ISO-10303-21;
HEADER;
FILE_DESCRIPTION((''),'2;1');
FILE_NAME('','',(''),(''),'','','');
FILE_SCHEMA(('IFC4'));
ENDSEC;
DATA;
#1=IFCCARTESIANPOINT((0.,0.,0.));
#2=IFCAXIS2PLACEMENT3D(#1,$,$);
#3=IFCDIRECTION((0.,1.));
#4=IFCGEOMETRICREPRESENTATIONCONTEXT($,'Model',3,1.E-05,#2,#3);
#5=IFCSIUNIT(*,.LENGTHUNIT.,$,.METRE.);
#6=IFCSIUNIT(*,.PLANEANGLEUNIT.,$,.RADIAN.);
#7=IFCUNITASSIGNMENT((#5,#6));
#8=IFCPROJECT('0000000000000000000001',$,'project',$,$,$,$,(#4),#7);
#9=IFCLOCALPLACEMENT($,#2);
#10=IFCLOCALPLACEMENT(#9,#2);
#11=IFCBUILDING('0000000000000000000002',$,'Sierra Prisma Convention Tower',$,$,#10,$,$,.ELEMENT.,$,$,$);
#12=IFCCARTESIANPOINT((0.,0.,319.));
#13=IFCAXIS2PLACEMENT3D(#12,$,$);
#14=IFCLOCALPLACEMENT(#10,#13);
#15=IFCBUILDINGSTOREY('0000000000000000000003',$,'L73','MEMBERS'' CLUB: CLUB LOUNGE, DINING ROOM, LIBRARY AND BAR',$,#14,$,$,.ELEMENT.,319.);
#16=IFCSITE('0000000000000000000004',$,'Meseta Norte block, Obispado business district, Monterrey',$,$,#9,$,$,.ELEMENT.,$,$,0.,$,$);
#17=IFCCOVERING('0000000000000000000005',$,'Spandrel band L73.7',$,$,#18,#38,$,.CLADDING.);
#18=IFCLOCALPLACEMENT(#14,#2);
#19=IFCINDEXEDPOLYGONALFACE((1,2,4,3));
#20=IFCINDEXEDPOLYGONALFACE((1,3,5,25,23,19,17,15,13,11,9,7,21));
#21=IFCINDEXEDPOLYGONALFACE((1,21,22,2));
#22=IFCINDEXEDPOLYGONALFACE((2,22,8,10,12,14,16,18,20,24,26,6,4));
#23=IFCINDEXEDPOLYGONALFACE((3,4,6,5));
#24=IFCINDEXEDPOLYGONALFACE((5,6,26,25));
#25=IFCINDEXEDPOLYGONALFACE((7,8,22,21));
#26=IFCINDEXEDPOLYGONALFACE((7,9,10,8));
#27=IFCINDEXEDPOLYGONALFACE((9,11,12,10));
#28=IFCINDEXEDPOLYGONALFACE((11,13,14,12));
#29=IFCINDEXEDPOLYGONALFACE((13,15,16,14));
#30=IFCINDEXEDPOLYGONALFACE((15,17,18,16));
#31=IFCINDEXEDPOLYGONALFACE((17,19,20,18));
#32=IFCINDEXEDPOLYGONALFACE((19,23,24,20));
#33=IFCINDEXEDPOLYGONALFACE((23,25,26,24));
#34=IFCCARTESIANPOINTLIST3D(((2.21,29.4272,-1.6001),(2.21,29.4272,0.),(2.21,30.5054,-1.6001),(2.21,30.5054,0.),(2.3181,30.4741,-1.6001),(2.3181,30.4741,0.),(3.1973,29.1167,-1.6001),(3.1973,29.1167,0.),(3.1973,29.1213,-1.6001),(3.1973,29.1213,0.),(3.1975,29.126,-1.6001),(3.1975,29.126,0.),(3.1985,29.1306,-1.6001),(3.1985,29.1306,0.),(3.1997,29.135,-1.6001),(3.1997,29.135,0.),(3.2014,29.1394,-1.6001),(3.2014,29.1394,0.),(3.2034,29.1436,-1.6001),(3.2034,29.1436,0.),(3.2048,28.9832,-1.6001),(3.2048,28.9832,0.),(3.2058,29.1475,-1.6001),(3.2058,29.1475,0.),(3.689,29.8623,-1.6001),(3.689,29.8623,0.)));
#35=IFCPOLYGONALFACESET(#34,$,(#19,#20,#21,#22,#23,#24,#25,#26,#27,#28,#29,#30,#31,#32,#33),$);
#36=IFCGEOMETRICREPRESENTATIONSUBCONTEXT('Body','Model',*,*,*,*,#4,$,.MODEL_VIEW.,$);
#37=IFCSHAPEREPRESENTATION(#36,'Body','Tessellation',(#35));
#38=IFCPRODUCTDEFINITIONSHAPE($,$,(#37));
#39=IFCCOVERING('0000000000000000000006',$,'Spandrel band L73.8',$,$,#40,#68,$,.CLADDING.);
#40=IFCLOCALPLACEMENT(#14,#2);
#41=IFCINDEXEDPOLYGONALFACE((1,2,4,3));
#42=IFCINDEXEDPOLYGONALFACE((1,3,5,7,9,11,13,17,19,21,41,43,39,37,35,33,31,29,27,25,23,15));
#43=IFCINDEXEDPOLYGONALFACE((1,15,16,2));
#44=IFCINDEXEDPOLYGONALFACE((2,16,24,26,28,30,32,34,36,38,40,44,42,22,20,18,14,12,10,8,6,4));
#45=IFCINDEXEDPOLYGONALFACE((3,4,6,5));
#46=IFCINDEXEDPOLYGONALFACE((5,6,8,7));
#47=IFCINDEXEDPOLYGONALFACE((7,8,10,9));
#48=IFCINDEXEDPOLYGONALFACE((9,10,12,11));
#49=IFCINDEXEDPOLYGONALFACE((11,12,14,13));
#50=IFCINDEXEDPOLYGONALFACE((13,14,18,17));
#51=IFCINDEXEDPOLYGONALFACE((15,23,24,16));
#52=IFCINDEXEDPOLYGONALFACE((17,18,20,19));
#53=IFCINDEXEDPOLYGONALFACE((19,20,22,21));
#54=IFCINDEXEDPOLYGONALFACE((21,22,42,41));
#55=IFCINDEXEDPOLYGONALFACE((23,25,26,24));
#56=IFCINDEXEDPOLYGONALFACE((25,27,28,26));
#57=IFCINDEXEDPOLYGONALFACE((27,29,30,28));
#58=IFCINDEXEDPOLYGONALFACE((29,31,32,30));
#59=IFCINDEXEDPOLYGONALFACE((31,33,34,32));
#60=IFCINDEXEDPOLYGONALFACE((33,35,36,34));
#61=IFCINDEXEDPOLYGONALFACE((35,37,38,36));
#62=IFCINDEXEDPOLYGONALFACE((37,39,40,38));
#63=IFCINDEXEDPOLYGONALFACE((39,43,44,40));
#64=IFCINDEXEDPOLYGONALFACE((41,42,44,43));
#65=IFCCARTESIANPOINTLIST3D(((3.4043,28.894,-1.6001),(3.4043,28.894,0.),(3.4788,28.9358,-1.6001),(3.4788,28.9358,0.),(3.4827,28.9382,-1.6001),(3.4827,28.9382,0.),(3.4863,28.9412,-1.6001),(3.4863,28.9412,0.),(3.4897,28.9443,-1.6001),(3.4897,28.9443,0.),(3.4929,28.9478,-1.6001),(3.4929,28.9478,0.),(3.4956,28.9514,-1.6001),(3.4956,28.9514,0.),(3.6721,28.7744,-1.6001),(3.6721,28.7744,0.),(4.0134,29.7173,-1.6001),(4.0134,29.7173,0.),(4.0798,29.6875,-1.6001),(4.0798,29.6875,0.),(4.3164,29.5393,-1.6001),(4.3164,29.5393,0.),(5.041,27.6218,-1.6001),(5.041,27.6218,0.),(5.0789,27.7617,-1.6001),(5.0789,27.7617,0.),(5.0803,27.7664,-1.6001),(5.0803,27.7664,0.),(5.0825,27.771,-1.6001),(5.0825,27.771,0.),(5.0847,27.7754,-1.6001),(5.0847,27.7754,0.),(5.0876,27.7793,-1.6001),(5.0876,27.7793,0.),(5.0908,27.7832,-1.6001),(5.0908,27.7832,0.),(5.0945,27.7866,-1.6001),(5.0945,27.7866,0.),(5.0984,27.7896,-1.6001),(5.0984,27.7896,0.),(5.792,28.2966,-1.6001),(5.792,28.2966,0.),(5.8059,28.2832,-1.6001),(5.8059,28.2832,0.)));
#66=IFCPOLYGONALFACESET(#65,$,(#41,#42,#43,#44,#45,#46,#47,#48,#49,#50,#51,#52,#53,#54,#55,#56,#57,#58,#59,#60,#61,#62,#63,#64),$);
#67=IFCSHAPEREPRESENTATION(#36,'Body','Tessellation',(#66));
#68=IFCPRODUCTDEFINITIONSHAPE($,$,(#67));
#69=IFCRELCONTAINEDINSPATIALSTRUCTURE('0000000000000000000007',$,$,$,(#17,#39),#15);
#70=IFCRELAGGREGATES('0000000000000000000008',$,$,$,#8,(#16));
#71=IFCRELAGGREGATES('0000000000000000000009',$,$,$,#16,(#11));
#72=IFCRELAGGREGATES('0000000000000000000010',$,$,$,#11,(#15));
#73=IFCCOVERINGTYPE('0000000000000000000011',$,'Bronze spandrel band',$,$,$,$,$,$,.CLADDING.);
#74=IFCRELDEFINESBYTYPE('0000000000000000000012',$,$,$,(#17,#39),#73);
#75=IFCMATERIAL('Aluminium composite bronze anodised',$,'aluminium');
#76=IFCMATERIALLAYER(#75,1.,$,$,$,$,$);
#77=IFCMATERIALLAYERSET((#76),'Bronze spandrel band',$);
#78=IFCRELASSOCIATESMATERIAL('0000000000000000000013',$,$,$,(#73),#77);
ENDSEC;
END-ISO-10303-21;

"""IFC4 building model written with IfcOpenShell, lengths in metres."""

from ifc_helpers import new_model, si_unit, direction, frame, origin, place, context, subcontext, project, spatial, polyline, outline, extrude, material, layer, layer_set, type_object, element, save


model = new_model("IFC4")

# Units and contexts
model_context = context("Model", 3, precision=1e-05, world=origin(), true_north=direction((0.0, 1.0)))
body_context = subcontext(model_context, "Body", "Model", "MODEL_VIEW")
ifc_project = project(units=[si_unit("LENGTHUNIT", "METRE"), si_unit("PLANEANGLEUNIT", "RADIAN")], contexts=[model_context])

# Site, building, storey
site_placement = place(None, origin())
site = spatial("IfcSite", under=ifc_project, at=site_placement, Name="Meseta Norte block, Obispado business district, Monterrey", CompositionType="ELEMENT", RefElevation=0.0)
building_placement = place(site_placement, origin())
building = spatial("IfcBuilding", under=site, at=building_placement, Name="Sierra Prisma Convention Tower", CompositionType="ELEMENT")
storey_placement = place(building_placement, frame((0.0, 0.0, 319.0)))
storey = spatial("IfcBuildingStorey", under=building, at=storey_placement, Name="L73", Description="MEMBERS' CLUB: CLUB LOUNGE, DINING ROOM, LIBRARY AND BAR", CompositionType="ELEMENT", Elevation=319.0)

# Coverings
ifc_material_1 = material(Name="Aluminium composite bronze anodised", Category="aluminium")
ifc_layer_1 = layer(ifc_material_1, 1.0)
ifc_layer_set_1 = layer_set([ifc_layer_1], Name="Bronze spandrel band")
covering_type = type_object("IfcCoveringType", Name="Bronze spandrel band", PredefinedType="CLADDING", material=ifc_layer_set_1)
covering_1_placement = place(storey_placement, frame((0.0, 0.0, -1.6001)))
element("IfcCovering", 1, at=covering_1_placement, inside=storey, type_object=covering_type, Name="Spandrel band L73.7", PredefinedType="CLADDING", context=body_context, shape_type="SweptSolid", body=[
    extrude(outline(polyline([(3.1985, 29.1306), (3.1975, 29.126), (3.1973, 29.1213), (3.1973, 29.1167), (3.2048, 28.9832), (2.21, 29.4272), (2.21, 30.5054), (2.3181, 30.4741), (3.689, 29.8623), (3.2058, 29.1475), (3.2034, 29.1436), (3.2014, 29.1394), (3.1997, 29.135), (3.1985, 29.1306)])), origin(), (0.0, 0.0, 1.0), 1.6001),
])
covering_2_placement = place(storey_placement, frame((0.0, 0.0, -1.6001)))
element("IfcCovering", 2, at=covering_2_placement, inside=storey, type_object=covering_type, Name="Spandrel band L73.8", PredefinedType="CLADDING", context=body_context, shape_type="SweptSolid", body=[
    extrude(outline(polyline([(5.0847, 27.7754), (5.0825, 27.771), (5.0803, 27.7664), (5.0789, 27.7617), (5.041, 27.6218), (3.6721, 28.7744), (3.4043, 28.894), (3.4788, 28.9358), (3.4827, 28.9382), (3.4863, 28.9412), (3.4897, 28.9443), (3.4929, 28.9478), (3.4956, 28.9514), (4.0134, 29.7173), (4.0798, 29.6875), (4.3164, 29.5393), (5.792, 28.2966), (5.8059, 28.2832), (5.0984, 27.7896), (5.0945, 27.7866), (5.0908, 27.7832), (5.0876, 27.7793), (5.0847, 27.7754)])), origin(), (0.0, 0.0, 1.0), 1.6001),
])

save(model, "model.ifc")
